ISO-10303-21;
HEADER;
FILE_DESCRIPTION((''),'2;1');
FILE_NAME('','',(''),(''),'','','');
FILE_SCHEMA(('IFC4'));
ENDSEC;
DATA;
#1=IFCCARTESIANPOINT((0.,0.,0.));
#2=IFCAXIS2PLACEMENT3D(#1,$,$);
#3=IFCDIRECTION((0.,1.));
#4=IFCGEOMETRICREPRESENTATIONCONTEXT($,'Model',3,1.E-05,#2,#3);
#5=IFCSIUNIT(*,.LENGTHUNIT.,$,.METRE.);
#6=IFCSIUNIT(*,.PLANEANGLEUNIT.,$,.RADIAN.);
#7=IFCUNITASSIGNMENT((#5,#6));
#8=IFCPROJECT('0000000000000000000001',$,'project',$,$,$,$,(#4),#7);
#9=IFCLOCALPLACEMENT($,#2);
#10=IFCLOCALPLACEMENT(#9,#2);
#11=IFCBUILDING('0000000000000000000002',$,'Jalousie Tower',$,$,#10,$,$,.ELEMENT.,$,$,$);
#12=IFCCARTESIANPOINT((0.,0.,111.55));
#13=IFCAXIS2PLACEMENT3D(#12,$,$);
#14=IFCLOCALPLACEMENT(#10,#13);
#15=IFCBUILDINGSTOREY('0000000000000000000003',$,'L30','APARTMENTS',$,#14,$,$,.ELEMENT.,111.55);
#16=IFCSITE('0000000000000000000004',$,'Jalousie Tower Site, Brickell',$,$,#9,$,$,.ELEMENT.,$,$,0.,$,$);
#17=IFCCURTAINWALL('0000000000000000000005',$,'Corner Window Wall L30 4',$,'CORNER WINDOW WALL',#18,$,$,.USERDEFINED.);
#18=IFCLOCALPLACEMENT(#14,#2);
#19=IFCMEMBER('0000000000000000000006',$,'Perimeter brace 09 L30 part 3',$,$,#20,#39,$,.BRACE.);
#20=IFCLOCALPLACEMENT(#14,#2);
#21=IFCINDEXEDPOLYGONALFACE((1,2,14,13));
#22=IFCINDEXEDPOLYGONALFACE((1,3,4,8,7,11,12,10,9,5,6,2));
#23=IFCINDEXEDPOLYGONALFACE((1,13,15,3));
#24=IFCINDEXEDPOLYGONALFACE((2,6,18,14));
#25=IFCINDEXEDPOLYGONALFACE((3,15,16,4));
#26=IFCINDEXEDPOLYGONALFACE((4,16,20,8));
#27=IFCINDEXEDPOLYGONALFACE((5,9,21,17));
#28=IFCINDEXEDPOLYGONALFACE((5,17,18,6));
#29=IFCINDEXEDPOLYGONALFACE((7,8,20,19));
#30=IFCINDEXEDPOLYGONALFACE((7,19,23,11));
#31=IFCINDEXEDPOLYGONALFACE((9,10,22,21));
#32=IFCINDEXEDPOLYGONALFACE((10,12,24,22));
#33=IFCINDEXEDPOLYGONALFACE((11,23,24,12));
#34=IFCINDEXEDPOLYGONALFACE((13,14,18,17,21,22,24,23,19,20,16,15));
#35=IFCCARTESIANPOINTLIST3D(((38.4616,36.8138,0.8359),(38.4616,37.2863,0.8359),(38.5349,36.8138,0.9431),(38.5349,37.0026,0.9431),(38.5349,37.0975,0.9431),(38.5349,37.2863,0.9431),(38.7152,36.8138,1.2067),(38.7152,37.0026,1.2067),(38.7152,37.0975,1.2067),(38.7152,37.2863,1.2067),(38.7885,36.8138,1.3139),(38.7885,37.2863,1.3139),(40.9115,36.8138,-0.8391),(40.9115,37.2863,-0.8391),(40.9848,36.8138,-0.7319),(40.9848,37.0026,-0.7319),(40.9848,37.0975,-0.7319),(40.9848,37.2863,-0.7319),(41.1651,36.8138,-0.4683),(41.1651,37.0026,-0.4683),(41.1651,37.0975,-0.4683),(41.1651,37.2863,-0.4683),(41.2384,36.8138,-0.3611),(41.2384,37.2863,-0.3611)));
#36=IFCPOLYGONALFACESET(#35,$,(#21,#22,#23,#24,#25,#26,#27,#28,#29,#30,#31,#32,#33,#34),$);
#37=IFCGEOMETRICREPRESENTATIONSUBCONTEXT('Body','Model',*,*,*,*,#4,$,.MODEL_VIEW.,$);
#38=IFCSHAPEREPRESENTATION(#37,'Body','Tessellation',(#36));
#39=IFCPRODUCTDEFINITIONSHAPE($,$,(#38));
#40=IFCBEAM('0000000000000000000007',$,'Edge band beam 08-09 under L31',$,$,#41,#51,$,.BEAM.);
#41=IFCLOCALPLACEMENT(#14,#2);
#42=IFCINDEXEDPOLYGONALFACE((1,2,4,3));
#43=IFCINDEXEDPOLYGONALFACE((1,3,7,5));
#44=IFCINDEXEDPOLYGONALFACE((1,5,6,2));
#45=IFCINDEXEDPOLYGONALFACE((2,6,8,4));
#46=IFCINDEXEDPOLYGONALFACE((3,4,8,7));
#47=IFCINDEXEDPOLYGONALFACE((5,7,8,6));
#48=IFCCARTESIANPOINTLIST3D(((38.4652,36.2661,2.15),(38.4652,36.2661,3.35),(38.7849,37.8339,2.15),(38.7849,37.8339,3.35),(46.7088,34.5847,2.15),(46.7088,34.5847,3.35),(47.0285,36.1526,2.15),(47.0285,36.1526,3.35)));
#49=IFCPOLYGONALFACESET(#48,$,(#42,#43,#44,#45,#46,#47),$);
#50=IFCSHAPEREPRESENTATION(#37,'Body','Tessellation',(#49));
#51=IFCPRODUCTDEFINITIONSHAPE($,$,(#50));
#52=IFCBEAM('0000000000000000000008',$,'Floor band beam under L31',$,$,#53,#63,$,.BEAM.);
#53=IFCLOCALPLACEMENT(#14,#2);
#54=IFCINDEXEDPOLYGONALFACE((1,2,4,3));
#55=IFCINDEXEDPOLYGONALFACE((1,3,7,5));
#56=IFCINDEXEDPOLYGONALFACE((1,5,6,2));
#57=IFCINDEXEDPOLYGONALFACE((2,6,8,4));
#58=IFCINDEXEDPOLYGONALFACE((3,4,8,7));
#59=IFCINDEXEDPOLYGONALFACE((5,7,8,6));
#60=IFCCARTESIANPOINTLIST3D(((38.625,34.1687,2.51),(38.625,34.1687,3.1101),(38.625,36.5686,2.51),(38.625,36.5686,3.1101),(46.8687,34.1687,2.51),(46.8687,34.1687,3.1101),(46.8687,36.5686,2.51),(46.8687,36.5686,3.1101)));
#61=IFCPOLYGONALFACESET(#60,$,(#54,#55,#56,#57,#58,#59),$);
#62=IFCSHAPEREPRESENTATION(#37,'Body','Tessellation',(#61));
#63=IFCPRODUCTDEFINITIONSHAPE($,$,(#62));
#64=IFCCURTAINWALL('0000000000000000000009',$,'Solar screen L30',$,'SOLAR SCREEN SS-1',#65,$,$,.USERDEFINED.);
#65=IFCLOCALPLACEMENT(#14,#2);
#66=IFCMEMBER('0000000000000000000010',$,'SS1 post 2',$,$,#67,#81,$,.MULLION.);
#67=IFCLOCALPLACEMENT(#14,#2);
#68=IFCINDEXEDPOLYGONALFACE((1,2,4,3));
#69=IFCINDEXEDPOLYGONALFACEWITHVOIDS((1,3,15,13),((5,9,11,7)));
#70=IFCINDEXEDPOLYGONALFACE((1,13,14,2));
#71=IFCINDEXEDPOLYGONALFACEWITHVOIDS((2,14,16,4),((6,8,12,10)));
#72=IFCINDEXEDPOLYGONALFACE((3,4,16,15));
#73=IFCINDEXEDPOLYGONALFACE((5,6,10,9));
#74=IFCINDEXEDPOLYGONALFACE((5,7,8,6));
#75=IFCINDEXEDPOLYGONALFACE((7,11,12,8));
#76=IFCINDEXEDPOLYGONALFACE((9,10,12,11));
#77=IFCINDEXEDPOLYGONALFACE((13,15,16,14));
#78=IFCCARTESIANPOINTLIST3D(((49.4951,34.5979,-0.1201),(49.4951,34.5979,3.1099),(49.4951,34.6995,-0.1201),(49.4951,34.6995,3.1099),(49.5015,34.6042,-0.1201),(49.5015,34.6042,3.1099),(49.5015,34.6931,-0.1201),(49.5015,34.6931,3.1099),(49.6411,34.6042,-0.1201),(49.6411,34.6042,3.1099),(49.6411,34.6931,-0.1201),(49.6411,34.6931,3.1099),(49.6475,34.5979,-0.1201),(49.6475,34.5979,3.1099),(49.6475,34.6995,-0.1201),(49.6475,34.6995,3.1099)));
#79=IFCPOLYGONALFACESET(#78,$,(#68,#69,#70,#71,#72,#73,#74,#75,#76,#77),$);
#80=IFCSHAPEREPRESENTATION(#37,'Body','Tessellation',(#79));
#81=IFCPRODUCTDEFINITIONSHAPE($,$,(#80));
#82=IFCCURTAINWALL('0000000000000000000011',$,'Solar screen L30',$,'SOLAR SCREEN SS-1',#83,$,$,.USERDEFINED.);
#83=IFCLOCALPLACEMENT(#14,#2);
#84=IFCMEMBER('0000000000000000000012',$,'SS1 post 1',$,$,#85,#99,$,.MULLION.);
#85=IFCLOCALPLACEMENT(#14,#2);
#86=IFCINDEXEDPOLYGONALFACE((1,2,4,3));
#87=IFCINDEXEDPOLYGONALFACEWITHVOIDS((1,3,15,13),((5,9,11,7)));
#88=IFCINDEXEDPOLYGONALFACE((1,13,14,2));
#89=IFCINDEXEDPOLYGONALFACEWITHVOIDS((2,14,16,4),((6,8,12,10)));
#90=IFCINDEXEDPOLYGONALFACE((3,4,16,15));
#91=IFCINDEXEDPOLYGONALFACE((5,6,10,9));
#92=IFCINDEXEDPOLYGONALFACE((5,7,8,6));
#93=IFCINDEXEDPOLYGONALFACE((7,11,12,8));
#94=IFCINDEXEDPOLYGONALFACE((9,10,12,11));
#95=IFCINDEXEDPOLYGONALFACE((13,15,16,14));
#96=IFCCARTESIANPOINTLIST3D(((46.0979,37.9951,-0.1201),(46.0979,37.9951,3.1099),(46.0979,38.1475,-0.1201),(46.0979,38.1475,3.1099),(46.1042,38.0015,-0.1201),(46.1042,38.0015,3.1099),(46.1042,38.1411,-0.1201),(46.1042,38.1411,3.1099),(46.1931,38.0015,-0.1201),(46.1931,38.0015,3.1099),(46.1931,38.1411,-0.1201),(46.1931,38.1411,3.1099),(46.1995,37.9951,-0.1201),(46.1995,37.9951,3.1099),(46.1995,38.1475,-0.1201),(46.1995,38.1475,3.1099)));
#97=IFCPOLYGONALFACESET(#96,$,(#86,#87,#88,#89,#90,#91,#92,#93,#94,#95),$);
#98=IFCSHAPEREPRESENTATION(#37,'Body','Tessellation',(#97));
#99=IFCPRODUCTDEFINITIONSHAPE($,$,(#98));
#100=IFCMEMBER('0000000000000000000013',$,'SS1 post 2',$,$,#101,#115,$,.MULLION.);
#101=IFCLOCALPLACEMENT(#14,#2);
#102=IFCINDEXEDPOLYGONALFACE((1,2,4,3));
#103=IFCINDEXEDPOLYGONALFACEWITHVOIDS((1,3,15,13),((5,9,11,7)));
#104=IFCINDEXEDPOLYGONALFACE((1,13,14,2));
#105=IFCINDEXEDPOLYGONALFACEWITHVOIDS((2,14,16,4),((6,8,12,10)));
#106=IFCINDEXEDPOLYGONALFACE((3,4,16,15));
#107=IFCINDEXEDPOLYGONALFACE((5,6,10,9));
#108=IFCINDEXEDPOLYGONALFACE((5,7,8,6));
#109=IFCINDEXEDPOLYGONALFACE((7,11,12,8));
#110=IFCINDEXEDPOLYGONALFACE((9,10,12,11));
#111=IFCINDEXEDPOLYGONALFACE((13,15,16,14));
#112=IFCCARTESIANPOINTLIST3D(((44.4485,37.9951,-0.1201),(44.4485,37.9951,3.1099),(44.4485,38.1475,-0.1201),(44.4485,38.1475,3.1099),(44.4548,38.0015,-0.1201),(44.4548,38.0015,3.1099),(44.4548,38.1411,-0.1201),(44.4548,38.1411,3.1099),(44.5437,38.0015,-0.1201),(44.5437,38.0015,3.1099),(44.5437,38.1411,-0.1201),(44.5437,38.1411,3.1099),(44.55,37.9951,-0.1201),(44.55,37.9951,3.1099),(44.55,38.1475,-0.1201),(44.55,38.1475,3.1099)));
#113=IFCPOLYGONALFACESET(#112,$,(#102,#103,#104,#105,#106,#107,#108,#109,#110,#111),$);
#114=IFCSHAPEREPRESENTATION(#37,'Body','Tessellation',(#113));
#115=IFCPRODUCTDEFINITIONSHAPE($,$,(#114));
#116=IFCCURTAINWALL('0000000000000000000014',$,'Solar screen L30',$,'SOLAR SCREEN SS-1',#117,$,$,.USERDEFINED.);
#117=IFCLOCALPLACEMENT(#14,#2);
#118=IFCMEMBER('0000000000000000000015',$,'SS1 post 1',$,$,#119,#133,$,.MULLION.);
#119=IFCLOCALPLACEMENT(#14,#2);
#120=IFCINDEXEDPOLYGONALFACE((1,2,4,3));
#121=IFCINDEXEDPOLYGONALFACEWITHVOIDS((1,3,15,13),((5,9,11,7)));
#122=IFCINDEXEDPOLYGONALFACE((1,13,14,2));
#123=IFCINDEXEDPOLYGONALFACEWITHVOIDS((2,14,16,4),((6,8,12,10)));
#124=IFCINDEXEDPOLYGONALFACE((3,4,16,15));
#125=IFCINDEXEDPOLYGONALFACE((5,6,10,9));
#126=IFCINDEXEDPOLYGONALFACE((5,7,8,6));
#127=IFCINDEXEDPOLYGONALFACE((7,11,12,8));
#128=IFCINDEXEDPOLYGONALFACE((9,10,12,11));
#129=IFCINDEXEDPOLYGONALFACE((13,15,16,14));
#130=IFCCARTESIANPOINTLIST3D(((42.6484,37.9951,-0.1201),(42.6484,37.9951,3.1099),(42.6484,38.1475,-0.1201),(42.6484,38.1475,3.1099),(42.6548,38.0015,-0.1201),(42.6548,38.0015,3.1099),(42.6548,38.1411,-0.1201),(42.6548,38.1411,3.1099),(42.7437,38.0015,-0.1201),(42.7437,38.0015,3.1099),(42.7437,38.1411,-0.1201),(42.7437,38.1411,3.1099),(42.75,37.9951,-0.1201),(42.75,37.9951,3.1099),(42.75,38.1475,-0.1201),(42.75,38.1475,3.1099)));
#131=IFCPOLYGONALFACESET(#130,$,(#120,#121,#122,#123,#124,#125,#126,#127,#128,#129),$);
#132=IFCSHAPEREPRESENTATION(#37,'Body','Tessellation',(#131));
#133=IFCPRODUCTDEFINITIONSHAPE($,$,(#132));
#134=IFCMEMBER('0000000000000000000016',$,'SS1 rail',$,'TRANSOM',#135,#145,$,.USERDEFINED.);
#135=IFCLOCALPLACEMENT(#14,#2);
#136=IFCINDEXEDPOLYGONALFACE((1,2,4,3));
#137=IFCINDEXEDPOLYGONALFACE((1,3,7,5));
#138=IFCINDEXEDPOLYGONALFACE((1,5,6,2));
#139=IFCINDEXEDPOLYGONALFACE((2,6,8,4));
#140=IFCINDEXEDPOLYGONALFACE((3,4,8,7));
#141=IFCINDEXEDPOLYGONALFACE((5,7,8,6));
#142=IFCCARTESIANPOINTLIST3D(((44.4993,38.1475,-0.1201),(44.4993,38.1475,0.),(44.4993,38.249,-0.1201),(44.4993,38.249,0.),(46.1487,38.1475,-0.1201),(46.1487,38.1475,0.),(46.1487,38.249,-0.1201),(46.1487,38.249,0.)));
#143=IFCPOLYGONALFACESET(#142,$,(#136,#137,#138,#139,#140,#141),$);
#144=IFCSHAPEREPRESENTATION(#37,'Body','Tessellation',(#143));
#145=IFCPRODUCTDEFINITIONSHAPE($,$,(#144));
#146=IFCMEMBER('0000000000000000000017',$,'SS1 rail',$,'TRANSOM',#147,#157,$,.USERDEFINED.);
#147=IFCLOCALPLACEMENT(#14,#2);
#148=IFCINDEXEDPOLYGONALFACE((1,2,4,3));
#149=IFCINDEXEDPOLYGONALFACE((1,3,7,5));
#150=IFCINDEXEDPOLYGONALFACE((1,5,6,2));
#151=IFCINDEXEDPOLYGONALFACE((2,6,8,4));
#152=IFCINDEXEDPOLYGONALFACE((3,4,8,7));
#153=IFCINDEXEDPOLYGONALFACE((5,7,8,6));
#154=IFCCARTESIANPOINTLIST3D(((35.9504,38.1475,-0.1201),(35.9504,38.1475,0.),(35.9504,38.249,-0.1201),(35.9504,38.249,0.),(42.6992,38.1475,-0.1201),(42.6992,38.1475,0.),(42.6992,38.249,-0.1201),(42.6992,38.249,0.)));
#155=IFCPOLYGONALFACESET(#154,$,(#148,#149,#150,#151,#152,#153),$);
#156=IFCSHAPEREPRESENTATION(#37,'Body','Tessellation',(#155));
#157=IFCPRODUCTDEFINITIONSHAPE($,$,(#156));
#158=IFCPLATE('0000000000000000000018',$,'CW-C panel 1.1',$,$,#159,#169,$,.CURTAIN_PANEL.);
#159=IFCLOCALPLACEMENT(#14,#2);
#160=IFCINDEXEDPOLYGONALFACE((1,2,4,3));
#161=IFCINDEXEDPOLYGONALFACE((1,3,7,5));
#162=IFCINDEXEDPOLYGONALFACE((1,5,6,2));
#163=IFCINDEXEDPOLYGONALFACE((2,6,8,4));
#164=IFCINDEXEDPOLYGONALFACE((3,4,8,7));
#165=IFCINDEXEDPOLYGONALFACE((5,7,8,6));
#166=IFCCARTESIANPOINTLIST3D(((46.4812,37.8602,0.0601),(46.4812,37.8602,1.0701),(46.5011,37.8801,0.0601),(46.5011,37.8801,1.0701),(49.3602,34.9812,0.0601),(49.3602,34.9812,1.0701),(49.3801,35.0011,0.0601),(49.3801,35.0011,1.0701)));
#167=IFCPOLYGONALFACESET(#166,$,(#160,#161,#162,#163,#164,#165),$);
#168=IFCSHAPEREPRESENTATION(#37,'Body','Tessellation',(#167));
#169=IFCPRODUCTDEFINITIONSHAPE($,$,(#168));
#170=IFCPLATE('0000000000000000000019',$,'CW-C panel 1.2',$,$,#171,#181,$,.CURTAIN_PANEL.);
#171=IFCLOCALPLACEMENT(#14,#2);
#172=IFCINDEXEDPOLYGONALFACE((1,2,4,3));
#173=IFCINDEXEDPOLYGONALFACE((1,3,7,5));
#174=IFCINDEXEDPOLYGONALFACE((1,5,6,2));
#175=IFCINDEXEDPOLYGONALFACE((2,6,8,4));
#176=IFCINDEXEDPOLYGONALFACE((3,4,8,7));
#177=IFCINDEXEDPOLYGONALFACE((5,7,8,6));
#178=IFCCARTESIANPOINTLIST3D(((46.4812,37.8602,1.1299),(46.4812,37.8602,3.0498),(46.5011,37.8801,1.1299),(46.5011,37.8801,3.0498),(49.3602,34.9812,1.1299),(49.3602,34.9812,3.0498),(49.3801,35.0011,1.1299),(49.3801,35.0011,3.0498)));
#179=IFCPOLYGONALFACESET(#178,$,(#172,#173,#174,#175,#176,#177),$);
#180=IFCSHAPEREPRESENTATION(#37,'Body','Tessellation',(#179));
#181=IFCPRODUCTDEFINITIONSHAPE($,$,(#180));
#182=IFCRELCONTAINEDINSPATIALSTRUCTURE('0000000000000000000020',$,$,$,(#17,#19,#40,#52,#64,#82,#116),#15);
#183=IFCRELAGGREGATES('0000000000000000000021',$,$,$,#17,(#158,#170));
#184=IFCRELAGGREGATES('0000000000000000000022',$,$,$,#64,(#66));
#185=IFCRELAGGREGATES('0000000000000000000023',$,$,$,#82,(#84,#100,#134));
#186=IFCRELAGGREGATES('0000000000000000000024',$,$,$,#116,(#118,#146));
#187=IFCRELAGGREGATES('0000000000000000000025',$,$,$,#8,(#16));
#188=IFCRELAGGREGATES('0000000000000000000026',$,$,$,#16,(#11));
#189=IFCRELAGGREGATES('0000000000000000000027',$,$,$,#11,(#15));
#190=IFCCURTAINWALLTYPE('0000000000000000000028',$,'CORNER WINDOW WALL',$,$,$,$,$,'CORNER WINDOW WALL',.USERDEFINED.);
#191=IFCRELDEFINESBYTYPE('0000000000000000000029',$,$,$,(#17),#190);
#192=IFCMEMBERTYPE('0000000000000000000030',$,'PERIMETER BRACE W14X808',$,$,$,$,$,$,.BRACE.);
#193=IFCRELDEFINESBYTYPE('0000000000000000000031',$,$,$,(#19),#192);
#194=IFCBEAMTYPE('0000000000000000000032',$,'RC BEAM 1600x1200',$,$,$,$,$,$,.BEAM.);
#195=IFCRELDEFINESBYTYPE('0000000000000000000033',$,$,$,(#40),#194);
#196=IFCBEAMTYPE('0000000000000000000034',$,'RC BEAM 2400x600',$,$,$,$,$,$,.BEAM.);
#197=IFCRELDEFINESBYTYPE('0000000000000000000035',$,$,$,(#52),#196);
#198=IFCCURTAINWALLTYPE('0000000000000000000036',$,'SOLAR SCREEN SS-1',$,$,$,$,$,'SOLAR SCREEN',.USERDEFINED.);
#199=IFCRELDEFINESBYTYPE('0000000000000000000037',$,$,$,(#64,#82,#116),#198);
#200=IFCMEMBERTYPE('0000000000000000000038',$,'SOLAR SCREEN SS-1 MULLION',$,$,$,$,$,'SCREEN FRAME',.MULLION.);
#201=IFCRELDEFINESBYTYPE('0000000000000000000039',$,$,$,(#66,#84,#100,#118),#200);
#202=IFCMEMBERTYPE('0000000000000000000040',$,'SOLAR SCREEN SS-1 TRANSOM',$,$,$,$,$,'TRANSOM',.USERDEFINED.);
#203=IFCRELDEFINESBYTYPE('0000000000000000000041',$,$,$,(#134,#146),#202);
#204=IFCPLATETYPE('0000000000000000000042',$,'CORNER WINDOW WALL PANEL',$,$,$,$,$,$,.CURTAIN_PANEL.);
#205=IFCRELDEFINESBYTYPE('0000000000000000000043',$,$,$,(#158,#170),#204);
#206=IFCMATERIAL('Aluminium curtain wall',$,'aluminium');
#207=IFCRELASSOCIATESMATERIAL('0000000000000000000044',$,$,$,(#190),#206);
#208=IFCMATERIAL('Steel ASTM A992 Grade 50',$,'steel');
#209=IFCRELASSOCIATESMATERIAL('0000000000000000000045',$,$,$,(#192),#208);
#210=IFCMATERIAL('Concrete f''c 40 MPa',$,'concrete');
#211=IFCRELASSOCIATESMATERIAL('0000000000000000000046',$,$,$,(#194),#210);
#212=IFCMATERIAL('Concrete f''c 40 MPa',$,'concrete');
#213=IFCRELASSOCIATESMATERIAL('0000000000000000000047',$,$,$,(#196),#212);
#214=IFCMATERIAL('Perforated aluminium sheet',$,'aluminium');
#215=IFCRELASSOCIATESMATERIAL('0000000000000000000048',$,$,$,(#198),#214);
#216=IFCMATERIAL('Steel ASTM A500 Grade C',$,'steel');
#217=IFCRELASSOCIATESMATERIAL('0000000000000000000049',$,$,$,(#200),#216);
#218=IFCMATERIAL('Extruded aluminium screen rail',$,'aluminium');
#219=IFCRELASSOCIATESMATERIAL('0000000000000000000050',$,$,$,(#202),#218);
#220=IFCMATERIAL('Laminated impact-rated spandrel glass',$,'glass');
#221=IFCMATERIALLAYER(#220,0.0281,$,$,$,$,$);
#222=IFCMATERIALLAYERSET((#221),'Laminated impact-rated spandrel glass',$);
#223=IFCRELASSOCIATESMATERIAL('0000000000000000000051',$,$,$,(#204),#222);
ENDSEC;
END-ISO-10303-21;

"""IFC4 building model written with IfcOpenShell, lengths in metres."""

from ifc_helpers import new_model, si_unit, direction, frame, origin, origin_2d, place, context, subcontext, project, spatial, rectangle, hollow_rectangle, i_section, extrude, material, layer, layer_set, material_profile, profile_set, type_object, element, aggregate, save


model = new_model("IFC4")

# Units and contexts
model_context = context("Model", 3, precision=1e-05, world=origin(), true_north=direction((0.0, 1.0)))
body_context = subcontext(model_context, "Body", "Model", "MODEL_VIEW")
ifc_project = project(units=[si_unit("LENGTHUNIT", "METRE"), si_unit("PLANEANGLEUNIT", "RADIAN")], contexts=[model_context])

# Site, building, storey
site_placement = place(None, origin())
site = spatial("IfcSite", under=ifc_project, at=site_placement, Name="Jalousie Tower Site, Brickell", CompositionType="ELEMENT", RefElevation=0.0)
building_placement = place(site_placement, origin())
building = spatial("IfcBuilding", under=site, at=building_placement, Name="Jalousie Tower", CompositionType="ELEMENT")
storey_placement = place(building_placement, frame((0.0, 0.0, 111.55)))
storey = spatial("IfcBuildingStorey", under=building, at=storey_placement, Name="L30", Description="APARTMENTS", CompositionType="ELEMENT", Elevation=111.55)

# Curtain wall
ifc_material_1 = material(Name="Aluminium curtain wall", Category="aluminium")
curtain_wall_type_1 = type_object("IfcCurtainWallType", Name="CORNER WINDOW WALL", ElementType="CORNER WINDOW WALL", PredefinedType="USERDEFINED", material=ifc_material_1)
curtain_wall_1_placement = place(storey_placement, origin())
curtain_wall_1 = element("IfcCurtainWall", 1, at=curtain_wall_1_placement, inside=storey, type_object=curtain_wall_type_1, Name="Corner Window Wall L30 4", ObjectType="CORNER WINDOW WALL", PredefinedType="USERDEFINED")

# Member
ifc_material_2 = material(Name="Steel ASTM A992 Grade 50", Category="steel")
ifc_material_profile_1 = material_profile(ifc_material_2, i_section(OverallWidth=0.4724, OverallDepth=0.5791, WebThickness=0.095, FlangeThickness=0.1299, at=origin_2d()), Name="W14X808")
ifc_profile_set_1 = profile_set([ifc_material_profile_1], Name="Steel ASTM A992 Grade 50")
member_type_1 = type_object("IfcMemberType", Name="PERIMETER BRACE W14X808", PredefinedType="BRACE", material=ifc_profile_set_1)
member_1_placement = place(storey_placement, frame((41.075, 37.05, -0.6001), z_axis=(-0.825501, 0.0, 0.564401), x_axis=(0.0, -1.0, 0.0)))
element("IfcMember", 2, at=member_1_placement, inside=storey, type_object=member_type_1, Name="Perimeter brace 09 L30 part 3", PredefinedType="BRACE", context=body_context, shape_type="SweptSolid", body=[
    extrude(i_section(OverallWidth=0.4724, OverallDepth=0.5791, WebThickness=0.095, FlangeThickness=0.1299, at=origin_2d()), origin(), (0.0, 0.0, 1.0), 2.9678),
])

# Beams
ifc_material_3 = material(Name="Concrete f'c 40 MPa", Category="concrete")
ifc_material_profile_2 = material_profile(ifc_material_3, rectangle(XDim=1.6001, YDim=1.2, at=origin_2d()), Name="RC 1600x1200")
ifc_profile_set_2 = profile_set([ifc_material_profile_2], Name="Concrete f'c 40 MPa")
beam_type_1 = type_object("IfcBeamType", Name="RC BEAM 1600x1200", PredefinedType="BEAM", material=ifc_profile_set_2)
beam_1_placement = place(storey_placement, frame((46.8687, 35.3687, 2.75), z_axis=(-0.979827, 0.199848, 0.0), x_axis=(-0.199848, -0.979827, 0.0)))
element("IfcBeam", 3, at=beam_1_placement, inside=storey, type_object=beam_type_1, Name="Edge band beam 08-09 under L31", PredefinedType="BEAM", context=body_context, shape_type="SweptSolid", body=[
    extrude(rectangle(XDim=1.6001, YDim=1.2, at=origin_2d()), origin(), (0.0, 0.0, 1.0), 8.4133),
])
ifc_material_4 = material(Name="Concrete f'c 40 MPa", Category="concrete")
ifc_material_profile_3 = material_profile(ifc_material_4, rectangle(XDim=2.3999, YDim=0.6001, at=origin_2d()), Name="RC 2400x600")
ifc_profile_set_3 = profile_set([ifc_material_profile_3], Name="Concrete f'c 40 MPa")
beam_type_2 = type_object("IfcBeamType", Name="RC BEAM 2400x600", PredefinedType="BEAM", material=ifc_profile_set_3)
beam_2_placement = place(storey_placement, frame((46.8687, 35.3687, 2.8101), z_axis=(-1.0, 0.0, 0.0), x_axis=(0.0, -1.0, 0.0)))
element("IfcBeam", 4, at=beam_2_placement, inside=storey, type_object=beam_type_2, Name="Floor band beam under L31", PredefinedType="BEAM", context=body_context, shape_type="SweptSolid", body=[
    extrude(rectangle(XDim=2.3999, YDim=0.6001, at=origin_2d()), origin(), (0.0, 0.0, 1.0), 8.2437),
])

# Curtain wall, member
ifc_material_5 = material(Name="Perforated aluminium sheet", Category="aluminium")
curtain_wall_type_2 = type_object("IfcCurtainWallType", Name="SOLAR SCREEN SS-1", ElementType="SOLAR SCREEN", PredefinedType="USERDEFINED", material=ifc_material_5)
curtain_wall_2_placement = place(storey_placement, origin())
curtain_wall_2 = element("IfcCurtainWall", 5, at=curtain_wall_2_placement, inside=storey, type_object=curtain_wall_type_2, Name="Solar screen L30", ObjectType="SOLAR SCREEN SS-1", PredefinedType="USERDEFINED")
ifc_material_6 = material(Name="Steel ASTM A500 Grade C", Category="steel")
ifc_material_profile_4 = material_profile(ifc_material_6, hollow_rectangle(XDim=0.1016, YDim=0.1523, WallThickness=0.0063, at=origin_2d()), Name="HSS6X4X1/4")
ifc_profile_set_4 = profile_set([ifc_material_profile_4], Name="Steel ASTM A500 Grade C")
member_type_2 = type_object("IfcMemberType", Name="SOLAR SCREEN SS-1 MULLION", ElementType="SCREEN FRAME", PredefinedType="MULLION", material=ifc_profile_set_4)
member_2_placement = place(storey_placement, frame((49.5713, 34.6487, -0.1201), z_axis=(0.0, 0.0, 1.0), x_axis=(0.0, 1.0, 0.0)))
member_2 = element("IfcMember", 6, at=member_2_placement, type_object=member_type_2, Name="SS1 post 2", PredefinedType="MULLION", context=body_context, shape_type="SweptSolid", body=[
    extrude(hollow_rectangle(XDim=0.1016, YDim=0.1523, WallThickness=0.0063, at=origin_2d()), origin(), (0.0, 0.0, 1.0), 3.23),
])

# Curtain wall, members
curtain_wall_3_placement = place(storey_placement, origin())
curtain_wall_3 = element("IfcCurtainWall", 7, at=curtain_wall_3_placement, inside=storey, type_object=curtain_wall_type_2, Name="Solar screen L30", ObjectType="SOLAR SCREEN SS-1", PredefinedType="USERDEFINED")
member_3_placement = place(storey_placement, frame((46.1487, 38.0713, -0.1201), z_axis=(0.0, 0.0, 1.0), x_axis=(-1.0, 0.0, 0.0)))
member_3 = element("IfcMember", 8, at=member_3_placement, type_object=member_type_2, Name="SS1 post 1", PredefinedType="MULLION", context=body_context, shape_type="SweptSolid", body=[
    extrude(hollow_rectangle(XDim=0.1016, YDim=0.1523, WallThickness=0.0063, at=origin_2d()), origin(), (0.0, 0.0, 1.0), 3.23),
])
member_4_placement = place(storey_placement, frame((44.4993, 38.0713, -0.1201), z_axis=(0.0, 0.0, 1.0), x_axis=(-1.0, 0.0, 0.0)))
member_4 = element("IfcMember", 9, at=member_4_placement, type_object=member_type_2, Name="SS1 post 2", PredefinedType="MULLION", context=body_context, shape_type="SweptSolid", body=[
    extrude(hollow_rectangle(XDim=0.1016, YDim=0.1523, WallThickness=0.0063, at=origin_2d()), origin(), (0.0, 0.0, 1.0), 3.23),
])

# Curtain wall, member
curtain_wall_4_placement = place(storey_placement, origin())
curtain_wall_4 = element("IfcCurtainWall", 10, at=curtain_wall_4_placement, inside=storey, type_object=curtain_wall_type_2, Name="Solar screen L30", ObjectType="SOLAR SCREEN SS-1", PredefinedType="USERDEFINED")
member_5_placement = place(storey_placement, frame((42.6992, 38.0713, -0.1201), z_axis=(0.0, 0.0, 1.0), x_axis=(-1.0, 0.0, 0.0)))
member_5 = element("IfcMember", 11, at=member_5_placement, type_object=member_type_2, Name="SS1 post 1", PredefinedType="MULLION", context=body_context, shape_type="SweptSolid", body=[
    extrude(hollow_rectangle(XDim=0.1016, YDim=0.1523, WallThickness=0.0063, at=origin_2d()), origin(), (0.0, 0.0, 1.0), 3.23),
])

# Members
ifc_material_7 = material(Name="Extruded aluminium screen rail", Category="aluminium")
ifc_material_profile_5 = material_profile(ifc_material_7, rectangle(XDim=0.1016, YDim=0.1201, at=origin_2d()), Name="RAIL 102x120")
ifc_profile_set_5 = profile_set([ifc_material_profile_5], Name="Extruded aluminium screen rail")
member_type_3 = type_object("IfcMemberType", Name="SOLAR SCREEN SS-1 TRANSOM", ElementType="TRANSOM", PredefinedType="USERDEFINED", material=ifc_profile_set_5)
member_6_placement = place(storey_placement, frame((46.1487, 38.1982, -0.0601), z_axis=(-1.0, 0.0, 0.0), x_axis=(0.0, -1.0, 0.0)))
member_6 = element("IfcMember", 12, at=member_6_placement, type_object=member_type_3, Name="SS1 rail", ObjectType="TRANSOM", PredefinedType="USERDEFINED", context=body_context, shape_type="SweptSolid", body=[
    extrude(rectangle(XDim=0.1016, YDim=0.1201, at=origin_2d()), origin(), (0.0, 0.0, 1.0), 1.6494),
])
member_7_placement = place(storey_placement, frame((42.6992, 38.1982, -0.0601), z_axis=(-1.0, 0.0, 0.0), x_axis=(0.0, -1.0, 0.0)))
member_7 = element("IfcMember", 13, at=member_7_placement, type_object=member_type_3, Name="SS1 rail", ObjectType="TRANSOM", PredefinedType="USERDEFINED", context=body_context, shape_type="SweptSolid", body=[
    extrude(rectangle(XDim=0.1016, YDim=0.1201, at=origin_2d()), origin(), (0.0, 0.0, 1.0), 6.7488),
])

# Plates
ifc_material_8 = material(Name="Laminated impact-rated spandrel glass", Category="glass")
ifc_layer_1 = layer(ifc_material_8, 0.0281)
ifc_layer_set_1 = layer_set([ifc_layer_1], Name="Laminated impact-rated spandrel glass")
plate_type_1 = type_object("IfcPlateType", Name="CORNER WINDOW WALL PANEL", PredefinedType="CURTAIN_PANEL", material=ifc_layer_set_1)
plate_1_placement = place(storey_placement, frame((47.9307, 36.4307, 0.0601), z_axis=(0.0, 0.0, 1.0), x_axis=(-0.707107, 0.707107, 0.0)))
plate_1 = element("IfcPlate", 14, at=plate_1_placement, type_object=plate_type_1, Name="CW-C panel 1.1", PredefinedType="CURTAIN_PANEL", context=body_context, shape_type="SweptSolid", body=[
    extrude(rectangle(XDim=4.0715, YDim=0.0281, at=origin_2d()), origin(), (0.0, 0.0, 1.0), 1.01),
])
plate_2_placement = place(storey_placement, frame((47.9307, 36.4307, 1.1299), z_axis=(0.0, 0.0, 1.0), x_axis=(-0.707107, 0.707107, 0.0)))
plate_2 = element("IfcPlate", 15, at=plate_2_placement, type_object=plate_type_1, Name="CW-C panel 1.2", PredefinedType="CURTAIN_PANEL", context=body_context, shape_type="SweptSolid", body=[
    extrude(rectangle(XDim=4.0715, YDim=0.0281, at=origin_2d()), origin(), (0.0, 0.0, 1.0), 1.9199),
])
aggregate(curtain_wall_1, [plate_1, plate_2])
aggregate(curtain_wall_2, [member_2])
aggregate(curtain_wall_3, [member_3, member_4, member_6])
aggregate(curtain_wall_4, [member_5, member_7])

save(model, "model.ifc")
